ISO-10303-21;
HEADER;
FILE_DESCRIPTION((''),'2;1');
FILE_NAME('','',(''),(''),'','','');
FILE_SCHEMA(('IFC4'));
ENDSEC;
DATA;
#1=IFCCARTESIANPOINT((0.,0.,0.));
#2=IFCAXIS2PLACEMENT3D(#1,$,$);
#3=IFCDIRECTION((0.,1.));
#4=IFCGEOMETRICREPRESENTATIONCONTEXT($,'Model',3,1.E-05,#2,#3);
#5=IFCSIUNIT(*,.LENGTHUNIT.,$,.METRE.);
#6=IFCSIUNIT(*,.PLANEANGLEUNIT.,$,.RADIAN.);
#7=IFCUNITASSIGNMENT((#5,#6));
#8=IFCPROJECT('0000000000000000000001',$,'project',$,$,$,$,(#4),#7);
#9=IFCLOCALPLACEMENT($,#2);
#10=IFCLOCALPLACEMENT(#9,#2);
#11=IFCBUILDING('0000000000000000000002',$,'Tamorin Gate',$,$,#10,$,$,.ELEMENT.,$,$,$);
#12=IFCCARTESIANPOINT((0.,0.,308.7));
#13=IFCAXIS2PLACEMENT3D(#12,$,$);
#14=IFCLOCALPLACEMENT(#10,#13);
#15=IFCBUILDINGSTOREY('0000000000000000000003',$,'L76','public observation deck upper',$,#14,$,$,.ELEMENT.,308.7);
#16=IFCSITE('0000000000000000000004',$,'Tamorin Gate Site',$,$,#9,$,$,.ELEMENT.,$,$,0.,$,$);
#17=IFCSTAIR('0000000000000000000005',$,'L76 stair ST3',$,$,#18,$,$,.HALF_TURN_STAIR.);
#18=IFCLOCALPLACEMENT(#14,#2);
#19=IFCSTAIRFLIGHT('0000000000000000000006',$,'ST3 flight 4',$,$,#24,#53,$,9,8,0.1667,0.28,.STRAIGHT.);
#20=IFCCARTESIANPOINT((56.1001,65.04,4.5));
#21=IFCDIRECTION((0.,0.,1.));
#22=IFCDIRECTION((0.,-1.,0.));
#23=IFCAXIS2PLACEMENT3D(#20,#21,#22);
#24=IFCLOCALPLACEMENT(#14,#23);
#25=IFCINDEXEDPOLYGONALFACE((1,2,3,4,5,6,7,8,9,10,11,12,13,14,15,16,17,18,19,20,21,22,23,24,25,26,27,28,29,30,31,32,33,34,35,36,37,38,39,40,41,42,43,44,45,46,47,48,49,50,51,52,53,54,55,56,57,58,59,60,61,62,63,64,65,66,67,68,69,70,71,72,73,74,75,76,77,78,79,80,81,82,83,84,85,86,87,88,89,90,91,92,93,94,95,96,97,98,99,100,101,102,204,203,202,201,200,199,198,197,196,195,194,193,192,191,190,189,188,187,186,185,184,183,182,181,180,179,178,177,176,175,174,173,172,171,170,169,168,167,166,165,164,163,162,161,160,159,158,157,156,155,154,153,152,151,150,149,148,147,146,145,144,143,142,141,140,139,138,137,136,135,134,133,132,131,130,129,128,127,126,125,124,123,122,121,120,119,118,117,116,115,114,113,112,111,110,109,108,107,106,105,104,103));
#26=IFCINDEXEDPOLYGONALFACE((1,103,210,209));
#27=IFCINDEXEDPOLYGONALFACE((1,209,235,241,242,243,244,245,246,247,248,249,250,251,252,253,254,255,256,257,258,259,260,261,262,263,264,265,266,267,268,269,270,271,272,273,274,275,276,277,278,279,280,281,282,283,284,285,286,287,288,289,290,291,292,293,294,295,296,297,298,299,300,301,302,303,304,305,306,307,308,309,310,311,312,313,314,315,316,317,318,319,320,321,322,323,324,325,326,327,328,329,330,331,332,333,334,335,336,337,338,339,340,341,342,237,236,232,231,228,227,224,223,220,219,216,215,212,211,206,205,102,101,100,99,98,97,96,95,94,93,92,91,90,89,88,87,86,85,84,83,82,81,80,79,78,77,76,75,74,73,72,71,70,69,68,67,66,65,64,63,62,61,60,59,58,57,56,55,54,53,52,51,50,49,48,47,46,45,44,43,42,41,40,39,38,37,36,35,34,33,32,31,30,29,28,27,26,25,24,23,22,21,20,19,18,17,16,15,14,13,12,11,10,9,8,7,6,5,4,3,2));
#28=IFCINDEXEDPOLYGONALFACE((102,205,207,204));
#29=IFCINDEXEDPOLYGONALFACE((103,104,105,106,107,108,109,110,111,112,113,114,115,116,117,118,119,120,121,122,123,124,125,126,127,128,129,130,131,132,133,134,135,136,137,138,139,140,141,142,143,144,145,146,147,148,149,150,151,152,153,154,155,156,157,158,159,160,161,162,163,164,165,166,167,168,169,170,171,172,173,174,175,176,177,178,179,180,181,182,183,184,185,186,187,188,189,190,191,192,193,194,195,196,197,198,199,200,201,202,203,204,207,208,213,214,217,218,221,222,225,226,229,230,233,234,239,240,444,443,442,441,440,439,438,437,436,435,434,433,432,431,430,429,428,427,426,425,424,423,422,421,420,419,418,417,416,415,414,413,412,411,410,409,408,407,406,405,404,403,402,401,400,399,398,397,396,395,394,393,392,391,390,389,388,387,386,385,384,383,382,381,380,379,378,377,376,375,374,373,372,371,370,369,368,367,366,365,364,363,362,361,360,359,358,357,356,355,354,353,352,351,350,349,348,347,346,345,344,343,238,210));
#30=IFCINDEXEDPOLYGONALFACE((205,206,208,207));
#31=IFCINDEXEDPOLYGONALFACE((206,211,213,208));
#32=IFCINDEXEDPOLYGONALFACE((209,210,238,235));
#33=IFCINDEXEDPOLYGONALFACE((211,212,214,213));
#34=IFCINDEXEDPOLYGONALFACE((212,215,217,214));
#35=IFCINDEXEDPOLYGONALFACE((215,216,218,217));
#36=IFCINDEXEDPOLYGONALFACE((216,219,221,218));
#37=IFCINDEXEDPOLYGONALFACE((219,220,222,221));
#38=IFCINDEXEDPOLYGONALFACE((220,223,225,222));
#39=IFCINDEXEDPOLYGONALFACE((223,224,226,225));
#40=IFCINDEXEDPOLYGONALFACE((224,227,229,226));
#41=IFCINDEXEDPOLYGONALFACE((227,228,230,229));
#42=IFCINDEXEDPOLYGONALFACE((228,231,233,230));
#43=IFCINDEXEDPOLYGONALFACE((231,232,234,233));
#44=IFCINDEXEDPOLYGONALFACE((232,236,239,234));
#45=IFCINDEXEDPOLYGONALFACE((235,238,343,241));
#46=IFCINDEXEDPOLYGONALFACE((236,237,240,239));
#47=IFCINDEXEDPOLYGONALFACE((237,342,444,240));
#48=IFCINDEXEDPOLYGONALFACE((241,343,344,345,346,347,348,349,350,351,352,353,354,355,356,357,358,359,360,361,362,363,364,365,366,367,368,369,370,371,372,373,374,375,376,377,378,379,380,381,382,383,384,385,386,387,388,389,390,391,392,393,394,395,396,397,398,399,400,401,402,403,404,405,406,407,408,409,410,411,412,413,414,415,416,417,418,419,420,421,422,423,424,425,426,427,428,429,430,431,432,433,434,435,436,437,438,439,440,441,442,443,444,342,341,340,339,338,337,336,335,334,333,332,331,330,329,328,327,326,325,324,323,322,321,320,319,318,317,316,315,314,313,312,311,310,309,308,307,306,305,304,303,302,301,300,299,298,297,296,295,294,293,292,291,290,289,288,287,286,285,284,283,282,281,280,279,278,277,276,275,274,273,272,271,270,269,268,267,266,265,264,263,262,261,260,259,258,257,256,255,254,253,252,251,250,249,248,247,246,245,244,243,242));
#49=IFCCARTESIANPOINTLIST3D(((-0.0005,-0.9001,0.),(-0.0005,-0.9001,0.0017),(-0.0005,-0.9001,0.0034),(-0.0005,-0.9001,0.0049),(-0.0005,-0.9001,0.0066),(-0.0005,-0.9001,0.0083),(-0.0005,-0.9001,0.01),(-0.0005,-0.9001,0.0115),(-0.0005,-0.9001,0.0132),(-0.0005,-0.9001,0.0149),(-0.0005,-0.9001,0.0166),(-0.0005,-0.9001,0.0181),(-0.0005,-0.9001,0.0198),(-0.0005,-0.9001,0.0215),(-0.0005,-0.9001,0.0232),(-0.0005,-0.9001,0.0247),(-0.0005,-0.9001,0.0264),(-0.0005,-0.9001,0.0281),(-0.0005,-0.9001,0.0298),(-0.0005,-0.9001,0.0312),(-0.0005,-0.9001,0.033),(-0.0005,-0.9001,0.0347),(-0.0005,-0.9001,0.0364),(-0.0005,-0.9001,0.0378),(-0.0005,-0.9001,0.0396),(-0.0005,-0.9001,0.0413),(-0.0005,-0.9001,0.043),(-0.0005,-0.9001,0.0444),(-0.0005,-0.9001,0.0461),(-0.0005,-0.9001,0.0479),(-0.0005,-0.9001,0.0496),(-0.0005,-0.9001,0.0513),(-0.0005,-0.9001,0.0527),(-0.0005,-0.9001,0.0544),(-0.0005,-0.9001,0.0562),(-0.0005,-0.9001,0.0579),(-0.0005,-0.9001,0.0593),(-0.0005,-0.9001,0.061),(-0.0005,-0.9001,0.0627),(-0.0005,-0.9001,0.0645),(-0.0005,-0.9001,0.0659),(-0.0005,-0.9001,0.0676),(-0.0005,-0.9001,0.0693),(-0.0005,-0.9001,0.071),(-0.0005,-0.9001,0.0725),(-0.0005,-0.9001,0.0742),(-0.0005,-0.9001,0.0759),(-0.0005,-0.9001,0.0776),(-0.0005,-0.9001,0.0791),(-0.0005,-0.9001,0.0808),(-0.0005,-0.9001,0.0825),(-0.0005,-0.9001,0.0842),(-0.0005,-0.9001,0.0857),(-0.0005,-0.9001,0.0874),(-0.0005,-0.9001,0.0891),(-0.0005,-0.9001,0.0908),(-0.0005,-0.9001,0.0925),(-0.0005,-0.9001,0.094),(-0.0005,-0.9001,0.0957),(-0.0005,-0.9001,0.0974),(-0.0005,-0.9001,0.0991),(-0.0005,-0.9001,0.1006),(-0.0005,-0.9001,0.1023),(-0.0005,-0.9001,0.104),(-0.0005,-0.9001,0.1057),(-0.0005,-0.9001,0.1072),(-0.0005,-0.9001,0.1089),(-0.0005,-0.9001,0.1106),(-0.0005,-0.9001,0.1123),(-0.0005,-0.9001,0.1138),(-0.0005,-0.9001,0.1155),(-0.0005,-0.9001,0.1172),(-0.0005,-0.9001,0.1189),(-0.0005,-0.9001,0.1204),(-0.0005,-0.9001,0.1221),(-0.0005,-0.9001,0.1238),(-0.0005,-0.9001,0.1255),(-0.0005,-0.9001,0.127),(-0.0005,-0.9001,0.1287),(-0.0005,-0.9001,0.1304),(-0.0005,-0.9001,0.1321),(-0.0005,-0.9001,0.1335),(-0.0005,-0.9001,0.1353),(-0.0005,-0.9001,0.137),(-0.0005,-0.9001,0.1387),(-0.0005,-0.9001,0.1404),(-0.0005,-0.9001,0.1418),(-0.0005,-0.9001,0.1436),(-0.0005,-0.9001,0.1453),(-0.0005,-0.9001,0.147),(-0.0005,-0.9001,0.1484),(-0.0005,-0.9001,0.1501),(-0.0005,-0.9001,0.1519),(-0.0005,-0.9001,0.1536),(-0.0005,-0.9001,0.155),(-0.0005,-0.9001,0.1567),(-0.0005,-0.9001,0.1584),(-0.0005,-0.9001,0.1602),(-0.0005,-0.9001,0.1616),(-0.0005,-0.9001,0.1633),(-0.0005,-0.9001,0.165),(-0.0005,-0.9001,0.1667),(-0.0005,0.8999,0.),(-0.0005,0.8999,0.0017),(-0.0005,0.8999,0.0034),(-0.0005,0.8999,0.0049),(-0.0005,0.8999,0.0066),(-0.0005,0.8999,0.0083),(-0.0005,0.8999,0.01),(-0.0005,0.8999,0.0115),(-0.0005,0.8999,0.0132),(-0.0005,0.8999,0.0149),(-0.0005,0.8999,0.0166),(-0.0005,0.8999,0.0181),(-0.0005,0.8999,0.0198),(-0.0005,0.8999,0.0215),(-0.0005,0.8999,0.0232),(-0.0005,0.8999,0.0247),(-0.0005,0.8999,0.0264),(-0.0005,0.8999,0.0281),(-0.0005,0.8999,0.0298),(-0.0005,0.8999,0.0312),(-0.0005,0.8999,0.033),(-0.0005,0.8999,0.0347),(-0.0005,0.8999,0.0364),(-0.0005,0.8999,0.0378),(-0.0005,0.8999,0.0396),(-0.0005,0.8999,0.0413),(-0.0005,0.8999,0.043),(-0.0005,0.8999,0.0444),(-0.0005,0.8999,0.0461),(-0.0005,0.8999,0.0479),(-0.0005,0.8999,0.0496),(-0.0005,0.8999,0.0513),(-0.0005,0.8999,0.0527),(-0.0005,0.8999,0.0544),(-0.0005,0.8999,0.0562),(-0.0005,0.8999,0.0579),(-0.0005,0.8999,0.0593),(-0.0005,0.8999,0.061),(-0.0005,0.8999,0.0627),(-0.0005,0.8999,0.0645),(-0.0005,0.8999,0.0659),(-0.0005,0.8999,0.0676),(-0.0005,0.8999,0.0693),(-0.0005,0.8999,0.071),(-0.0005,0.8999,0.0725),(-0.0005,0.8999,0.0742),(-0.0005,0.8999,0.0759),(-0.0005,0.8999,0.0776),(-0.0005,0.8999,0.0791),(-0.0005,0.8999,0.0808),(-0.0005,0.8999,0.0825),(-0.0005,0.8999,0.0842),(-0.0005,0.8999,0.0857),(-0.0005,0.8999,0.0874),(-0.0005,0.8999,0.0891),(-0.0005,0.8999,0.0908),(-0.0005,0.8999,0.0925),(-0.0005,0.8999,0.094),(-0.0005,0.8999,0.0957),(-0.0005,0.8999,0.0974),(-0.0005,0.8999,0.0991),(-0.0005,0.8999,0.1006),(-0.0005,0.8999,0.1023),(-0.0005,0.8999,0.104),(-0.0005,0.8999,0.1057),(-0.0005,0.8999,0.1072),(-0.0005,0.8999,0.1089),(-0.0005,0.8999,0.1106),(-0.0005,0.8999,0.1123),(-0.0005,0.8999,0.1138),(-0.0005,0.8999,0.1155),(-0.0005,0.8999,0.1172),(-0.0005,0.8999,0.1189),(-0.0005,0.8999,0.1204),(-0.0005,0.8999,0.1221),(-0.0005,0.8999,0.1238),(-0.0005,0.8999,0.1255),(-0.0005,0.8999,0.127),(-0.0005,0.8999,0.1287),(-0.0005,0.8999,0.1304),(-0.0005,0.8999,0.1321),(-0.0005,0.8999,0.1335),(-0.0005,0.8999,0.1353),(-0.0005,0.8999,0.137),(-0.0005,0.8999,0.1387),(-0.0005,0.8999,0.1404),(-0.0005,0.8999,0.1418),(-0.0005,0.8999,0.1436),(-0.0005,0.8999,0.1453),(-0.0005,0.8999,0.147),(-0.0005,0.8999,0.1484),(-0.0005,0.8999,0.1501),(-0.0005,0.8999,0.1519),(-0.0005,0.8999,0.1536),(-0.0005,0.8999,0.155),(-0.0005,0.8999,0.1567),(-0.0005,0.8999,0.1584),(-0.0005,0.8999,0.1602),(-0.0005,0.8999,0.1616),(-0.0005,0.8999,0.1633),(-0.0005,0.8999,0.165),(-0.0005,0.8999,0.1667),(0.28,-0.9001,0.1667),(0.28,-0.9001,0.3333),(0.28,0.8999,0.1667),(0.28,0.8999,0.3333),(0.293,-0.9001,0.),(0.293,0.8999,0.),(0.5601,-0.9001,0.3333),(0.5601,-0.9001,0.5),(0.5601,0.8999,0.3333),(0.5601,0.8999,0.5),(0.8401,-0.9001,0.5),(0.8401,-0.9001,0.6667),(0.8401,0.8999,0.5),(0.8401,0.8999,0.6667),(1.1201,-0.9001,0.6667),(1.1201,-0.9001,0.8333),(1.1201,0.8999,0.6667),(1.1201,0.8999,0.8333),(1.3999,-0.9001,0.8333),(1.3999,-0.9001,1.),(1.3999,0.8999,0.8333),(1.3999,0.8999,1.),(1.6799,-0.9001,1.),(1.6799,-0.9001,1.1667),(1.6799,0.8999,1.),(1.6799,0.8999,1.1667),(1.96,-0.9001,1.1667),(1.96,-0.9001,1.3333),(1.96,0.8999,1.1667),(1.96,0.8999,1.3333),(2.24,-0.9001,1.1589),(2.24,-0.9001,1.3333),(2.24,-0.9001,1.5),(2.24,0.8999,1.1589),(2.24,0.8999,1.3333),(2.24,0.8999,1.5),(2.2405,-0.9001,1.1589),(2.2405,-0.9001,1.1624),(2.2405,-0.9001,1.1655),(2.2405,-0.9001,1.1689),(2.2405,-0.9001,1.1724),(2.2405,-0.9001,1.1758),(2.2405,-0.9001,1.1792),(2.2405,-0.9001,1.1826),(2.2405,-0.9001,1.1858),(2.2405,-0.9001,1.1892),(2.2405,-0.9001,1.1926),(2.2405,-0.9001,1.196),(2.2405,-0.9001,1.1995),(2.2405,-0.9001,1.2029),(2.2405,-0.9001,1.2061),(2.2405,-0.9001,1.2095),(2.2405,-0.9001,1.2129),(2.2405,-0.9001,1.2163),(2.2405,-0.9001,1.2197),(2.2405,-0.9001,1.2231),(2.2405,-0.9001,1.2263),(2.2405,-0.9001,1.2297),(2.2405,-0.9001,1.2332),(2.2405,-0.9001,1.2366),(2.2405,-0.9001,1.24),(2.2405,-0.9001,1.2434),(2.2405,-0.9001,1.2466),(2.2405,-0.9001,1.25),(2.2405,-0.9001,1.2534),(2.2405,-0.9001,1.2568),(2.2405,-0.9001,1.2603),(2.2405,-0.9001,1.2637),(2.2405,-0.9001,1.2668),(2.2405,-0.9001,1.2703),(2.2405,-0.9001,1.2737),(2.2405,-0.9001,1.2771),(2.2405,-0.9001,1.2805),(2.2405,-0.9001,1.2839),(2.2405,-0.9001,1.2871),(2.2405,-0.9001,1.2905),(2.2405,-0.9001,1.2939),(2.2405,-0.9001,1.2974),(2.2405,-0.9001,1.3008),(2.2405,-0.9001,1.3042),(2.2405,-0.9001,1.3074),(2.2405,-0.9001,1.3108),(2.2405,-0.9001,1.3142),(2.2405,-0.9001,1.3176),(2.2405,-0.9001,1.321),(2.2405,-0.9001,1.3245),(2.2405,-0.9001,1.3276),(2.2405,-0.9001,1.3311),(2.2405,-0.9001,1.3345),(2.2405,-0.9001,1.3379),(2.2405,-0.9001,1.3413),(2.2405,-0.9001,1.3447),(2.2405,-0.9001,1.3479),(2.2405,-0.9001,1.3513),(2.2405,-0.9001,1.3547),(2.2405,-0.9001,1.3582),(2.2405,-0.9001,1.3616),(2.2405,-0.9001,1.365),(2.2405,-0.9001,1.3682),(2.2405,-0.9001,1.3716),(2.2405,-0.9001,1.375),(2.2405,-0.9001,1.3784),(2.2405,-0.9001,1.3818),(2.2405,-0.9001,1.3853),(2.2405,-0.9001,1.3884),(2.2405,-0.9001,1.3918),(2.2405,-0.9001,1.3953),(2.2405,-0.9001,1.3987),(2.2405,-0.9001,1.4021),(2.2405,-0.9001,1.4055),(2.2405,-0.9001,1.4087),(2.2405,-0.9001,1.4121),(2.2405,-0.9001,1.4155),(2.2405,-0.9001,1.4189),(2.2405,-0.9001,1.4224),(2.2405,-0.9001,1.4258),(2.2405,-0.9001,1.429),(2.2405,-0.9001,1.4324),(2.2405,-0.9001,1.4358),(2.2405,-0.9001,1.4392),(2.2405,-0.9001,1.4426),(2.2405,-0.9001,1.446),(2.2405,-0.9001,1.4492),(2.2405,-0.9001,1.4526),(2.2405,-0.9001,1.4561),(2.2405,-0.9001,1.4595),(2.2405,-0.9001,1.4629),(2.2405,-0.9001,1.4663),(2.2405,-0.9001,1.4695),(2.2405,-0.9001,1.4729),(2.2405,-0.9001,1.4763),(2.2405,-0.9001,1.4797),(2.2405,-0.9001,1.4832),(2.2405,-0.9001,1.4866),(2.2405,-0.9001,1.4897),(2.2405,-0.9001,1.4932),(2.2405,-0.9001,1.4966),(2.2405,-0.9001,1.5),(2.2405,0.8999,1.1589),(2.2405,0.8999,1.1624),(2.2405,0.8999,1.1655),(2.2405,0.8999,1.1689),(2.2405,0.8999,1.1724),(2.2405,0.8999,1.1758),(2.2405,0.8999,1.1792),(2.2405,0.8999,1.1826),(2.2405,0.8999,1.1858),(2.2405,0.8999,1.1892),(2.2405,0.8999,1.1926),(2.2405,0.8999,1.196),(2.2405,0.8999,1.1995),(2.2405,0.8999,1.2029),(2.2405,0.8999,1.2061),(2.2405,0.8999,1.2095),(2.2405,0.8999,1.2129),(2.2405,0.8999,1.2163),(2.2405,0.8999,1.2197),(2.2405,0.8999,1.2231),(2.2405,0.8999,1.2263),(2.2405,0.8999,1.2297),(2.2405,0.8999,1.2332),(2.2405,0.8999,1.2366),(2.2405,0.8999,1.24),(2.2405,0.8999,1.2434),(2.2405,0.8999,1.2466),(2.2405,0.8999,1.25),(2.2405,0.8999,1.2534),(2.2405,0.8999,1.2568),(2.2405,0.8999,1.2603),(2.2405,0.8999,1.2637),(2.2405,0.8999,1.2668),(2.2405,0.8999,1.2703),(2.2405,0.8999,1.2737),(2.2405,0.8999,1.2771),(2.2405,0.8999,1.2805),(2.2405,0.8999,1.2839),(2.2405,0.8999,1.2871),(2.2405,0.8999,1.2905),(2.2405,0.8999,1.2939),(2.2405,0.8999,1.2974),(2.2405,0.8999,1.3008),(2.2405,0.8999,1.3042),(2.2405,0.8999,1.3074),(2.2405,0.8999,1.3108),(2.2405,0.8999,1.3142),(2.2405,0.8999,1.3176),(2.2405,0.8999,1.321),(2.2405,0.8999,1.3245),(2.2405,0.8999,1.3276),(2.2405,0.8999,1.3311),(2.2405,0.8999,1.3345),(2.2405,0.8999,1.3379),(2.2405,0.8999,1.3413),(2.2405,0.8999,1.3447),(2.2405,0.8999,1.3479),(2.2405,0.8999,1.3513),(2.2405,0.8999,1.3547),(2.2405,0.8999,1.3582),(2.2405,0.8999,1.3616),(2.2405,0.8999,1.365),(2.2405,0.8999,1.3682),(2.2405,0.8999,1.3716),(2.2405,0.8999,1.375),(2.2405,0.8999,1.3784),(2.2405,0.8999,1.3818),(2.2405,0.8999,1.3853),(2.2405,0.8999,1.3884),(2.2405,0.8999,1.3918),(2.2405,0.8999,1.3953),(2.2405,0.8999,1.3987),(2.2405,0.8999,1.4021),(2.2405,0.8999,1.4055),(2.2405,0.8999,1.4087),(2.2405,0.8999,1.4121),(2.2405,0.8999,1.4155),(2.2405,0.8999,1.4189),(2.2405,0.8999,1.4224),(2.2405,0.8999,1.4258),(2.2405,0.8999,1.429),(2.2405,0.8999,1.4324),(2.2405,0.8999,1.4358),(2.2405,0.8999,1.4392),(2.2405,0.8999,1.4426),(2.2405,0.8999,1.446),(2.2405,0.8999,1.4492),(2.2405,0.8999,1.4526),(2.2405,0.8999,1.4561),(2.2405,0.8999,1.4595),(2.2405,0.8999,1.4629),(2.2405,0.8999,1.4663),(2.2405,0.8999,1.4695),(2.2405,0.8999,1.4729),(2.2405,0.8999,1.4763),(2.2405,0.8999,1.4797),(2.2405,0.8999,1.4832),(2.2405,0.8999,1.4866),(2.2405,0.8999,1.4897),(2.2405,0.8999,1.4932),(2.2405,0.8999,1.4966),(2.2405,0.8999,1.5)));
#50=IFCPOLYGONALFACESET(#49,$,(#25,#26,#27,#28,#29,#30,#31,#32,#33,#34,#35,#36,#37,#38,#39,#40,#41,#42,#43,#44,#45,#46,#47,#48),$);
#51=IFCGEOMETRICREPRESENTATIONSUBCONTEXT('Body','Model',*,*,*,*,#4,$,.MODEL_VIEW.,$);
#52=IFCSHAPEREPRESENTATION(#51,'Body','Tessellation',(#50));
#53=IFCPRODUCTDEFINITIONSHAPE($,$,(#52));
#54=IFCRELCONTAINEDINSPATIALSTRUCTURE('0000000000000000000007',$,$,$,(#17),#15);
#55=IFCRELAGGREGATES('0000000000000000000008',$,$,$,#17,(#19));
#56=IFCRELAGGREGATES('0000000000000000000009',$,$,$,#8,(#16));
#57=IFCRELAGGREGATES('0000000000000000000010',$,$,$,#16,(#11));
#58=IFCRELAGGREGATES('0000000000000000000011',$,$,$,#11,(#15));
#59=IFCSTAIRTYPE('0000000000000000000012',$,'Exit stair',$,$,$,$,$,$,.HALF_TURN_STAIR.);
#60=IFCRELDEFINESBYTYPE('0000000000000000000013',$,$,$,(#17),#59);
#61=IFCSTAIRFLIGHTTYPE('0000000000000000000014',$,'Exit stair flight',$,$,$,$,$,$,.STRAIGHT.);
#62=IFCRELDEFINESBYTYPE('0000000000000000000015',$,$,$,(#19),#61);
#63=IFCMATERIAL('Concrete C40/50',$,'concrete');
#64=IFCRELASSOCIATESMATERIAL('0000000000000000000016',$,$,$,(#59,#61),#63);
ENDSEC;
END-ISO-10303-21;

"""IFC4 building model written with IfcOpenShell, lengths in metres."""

from ifc_helpers import new_model, si_unit, direction, frame, origin, place, context, subcontext, project, spatial, polyline, outline, extrude, material, type_object, element, aggregate, save


model = new_model("IFC4")

# Units and contexts
model_context = context("Model", 3, precision=1e-05, world=origin(), true_north=direction((0.0, 1.0)))
body_context = subcontext(model_context, "Body", "Model", "MODEL_VIEW")
ifc_project = project(units=[si_unit("LENGTHUNIT", "METRE"), si_unit("PLANEANGLEUNIT", "RADIAN")], contexts=[model_context])

# Site, building, storey
site_placement = place(None, origin())
site = spatial("IfcSite", under=ifc_project, at=site_placement, Name="Tamorin Gate Site", CompositionType="ELEMENT", RefElevation=0.0)
building_placement = place(site_placement, origin())
building = spatial("IfcBuilding", under=site, at=building_placement, Name="Tamorin Gate", CompositionType="ELEMENT")
storey_placement = place(building_placement, frame((0.0, 0.0, 308.7)))
storey = spatial("IfcBuildingStorey", under=building, at=storey_placement, Name="L76", Description="public observation deck upper", CompositionType="ELEMENT", Elevation=308.7)

# Shared definitions
ifc_material_1 = material(Name="Concrete C40/50", Category="concrete")

# Stair, stair flight
stair_type = type_object("IfcStairType", Name="Exit stair", PredefinedType="HALF_TURN_STAIR", material=ifc_material_1)
stair_placement = place(storey_placement, origin())
stair = element("IfcStair", 1, at=stair_placement, inside=storey, type_object=stair_type, Name="L76 stair ST3", PredefinedType="HALF_TURN_STAIR")
stair_flight_type = type_object("IfcStairFlightType", Name="Exit stair flight", PredefinedType="STRAIGHT", material=ifc_material_1)
stair_flight_1_placement = place(storey_placement, frame((56.1001, 65.04, 4.5), z_axis=(0.0, 0.0, 1.0), x_axis=(0.0, -1.0, 0.0)))
stair_flight_1 = element("IfcStairFlight", 2, at=stair_flight_1_placement, type_object=stair_flight_type, Name="ST3 flight 4", NumberOfRisers=9, NumberOfTreads=8, PredefinedType="STRAIGHT", RiserHeight=0.1667, TreadLength=0.28, context=body_context, shape_type="SweptSolid", body=[
    extrude(outline(polyline([(-0.0005, 0.0), (-0.0005, 0.0017), (-0.0005, 0.0034), (-0.0005, 0.0049), (-0.0005, 0.0066), (-0.0005, 0.0083), (-0.0005, 0.01), (-0.0005, 0.0115), (-0.0005, 0.0132), (-0.0005, 0.0149), (-0.0005, 0.0166), (-0.0005, 0.0181), (-0.0005, 0.0198), (-0.0005, 0.0215), (-0.0005, 0.0232), (-0.0005, 0.0247), (-0.0005, 0.0264), (-0.0005, 0.0281), (-0.0005, 0.0298), (-0.0005, 0.0312), (-0.0005, 0.033), (-0.0005, 0.0347), (-0.0005, 0.0364), (-0.0005, 0.0378), (-0.0005, 0.0396), (-0.0005, 0.0413), (-0.0005, 0.043), (-0.0005, 0.0444), (-0.0005, 0.0461), (-0.0005, 0.0479), (-0.0005, 0.0496), (-0.0005, 0.0513), (-0.0005, 0.0527), (-0.0005, 0.0544), (-0.0005, 0.0562), (-0.0005, 0.0579), (-0.0005, 0.0593), (-0.0005, 0.061), (-0.0005, 0.0627), (-0.0005, 0.0645), (-0.0005, 0.0659), (-0.0005, 0.0676), (-0.0005, 0.0693), (-0.0005, 0.071), (-0.0005, 0.0725), (-0.0005, 0.0742), (-0.0005, 0.0759), (-0.0005, 0.0776), (-0.0005, 0.0791), (-0.0005, 0.0808), (-0.0005, 0.0825), (-0.0005, 0.0842), (-0.0005, 0.0857), (-0.0005, 0.0874), (-0.0005, 0.0891), (-0.0005, 0.0908), (-0.0005, 0.0925), (-0.0005, 0.094), (-0.0005, 0.0957), (-0.0005, 0.0974), (-0.0005, 0.0991), (-0.0005, 0.1006), (-0.0005, 0.1023), (-0.0005, 0.104), (-0.0005, 0.1057), (-0.0005, 0.1072), (-0.0005, 0.1089), (-0.0005, 0.1106), (-0.0005, 0.1123), (-0.0005, 0.1138), (-0.0005, 0.1155), (-0.0005, 0.1172), (-0.0005, 0.1189), (-0.0005, 0.1204), (-0.0005, 0.1221), (-0.0005, 0.1238), (-0.0005, 0.1255), (-0.0005, 0.127), (-0.0005, 0.1287), (-0.0005, 0.1304), (-0.0005, 0.1321), (-0.0005, 0.1335), (-0.0005, 0.1353), (-0.0005, 0.137), (-0.0005, 0.1387), (-0.0005, 0.1404), (-0.0005, 0.1418), (-0.0005, 0.1436), (-0.0005, 0.1453), (-0.0005, 0.147), (-0.0005, 0.1484), (-0.0005, 0.1501), (-0.0005, 0.1519), (-0.0005, 0.1536), (-0.0005, 0.155), (-0.0005, 0.1567), (-0.0005, 0.1584), (-0.0005, 0.1602), (-0.0005, 0.1616), (-0.0005, 0.1633), (-0.0005, 0.165), (-0.0005, 0.1667), (0.28, 0.1667), (0.28, 0.3333), (0.5601, 0.3333), (0.5601, 0.5), (0.8401, 0.5), (0.8401, 0.6667), (1.1201, 0.6667), (1.1201, 0.8333), (1.3999, 0.8333), (1.3999, 1.0), (1.6799, 1.0), (1.6799, 1.1667), (1.96, 1.1667), (1.96, 1.3333), (2.24, 1.3333), (2.24, 1.5), (2.2405, 1.5), (2.2405, 1.4966), (2.2405, 1.4932), (2.2405, 1.4897), (2.2405, 1.4866), (2.2405, 1.4832), (2.2405, 1.4797), (2.2405, 1.4763), (2.2405, 1.4729), (2.2405, 1.4695), (2.2405, 1.4663), (2.2405, 1.4629), (2.2405, 1.4595), (2.2405, 1.4561), (2.2405, 1.4526), (2.2405, 1.4492), (2.2405, 1.446), (2.2405, 1.4426), (2.2405, 1.4392), (2.2405, 1.4358), (2.2405, 1.4324), (2.2405, 1.429), (2.2405, 1.4258), (2.2405, 1.4224), (2.2405, 1.4189), (2.2405, 1.4155), (2.2405, 1.4121), (2.2405, 1.4087), (2.2405, 1.4055), (2.2405, 1.4021), (2.2405, 1.3987), (2.2405, 1.3953), (2.2405, 1.3918), (2.2405, 1.3884), (2.2405, 1.3853), (2.2405, 1.3818), (2.2405, 1.3784), (2.2405, 1.375), (2.2405, 1.3716), (2.2405, 1.3682), (2.2405, 1.365), (2.2405, 1.3616), (2.2405, 1.3582), (2.2405, 1.3547), (2.2405, 1.3513), (2.2405, 1.3479), (2.2405, 1.3447), (2.2405, 1.3413), (2.2405, 1.3379), (2.2405, 1.3345), (2.2405, 1.3311), (2.2405, 1.3276), (2.2405, 1.3245), (2.2405, 1.321), (2.2405, 1.3176), (2.2405, 1.3142), (2.2405, 1.3108), (2.2405, 1.3074), (2.2405, 1.3042), (2.2405, 1.3008), (2.2405, 1.2974), (2.2405, 1.2939), (2.2405, 1.2905), (2.2405, 1.2871), (2.2405, 1.2839), (2.2405, 1.2805), (2.2405, 1.2771), (2.2405, 1.2737), (2.2405, 1.2703), (2.2405, 1.2668), (2.2405, 1.2637), (2.2405, 1.2603), (2.2405, 1.2568), (2.2405, 1.2534), (2.2405, 1.25), (2.2405, 1.2466), (2.2405, 1.2434), (2.2405, 1.24), (2.2405, 1.2366), (2.2405, 1.2332), (2.2405, 1.2297), (2.2405, 1.2263), (2.2405, 1.2231), (2.2405, 1.2197), (2.2405, 1.2163), (2.2405, 1.2129), (2.2405, 1.2095), (2.2405, 1.2061), (2.2405, 1.2029), (2.2405, 1.1995), (2.2405, 1.196), (2.2405, 1.1926), (2.2405, 1.1892), (2.2405, 1.1858), (2.2405, 1.1826), (2.2405, 1.1792), (2.2405, 1.1758), (2.2405, 1.1724), (2.2405, 1.1689), (2.2405, 1.1655), (2.2405, 1.1624), (2.2405, 1.1589), (2.24, 1.1589), (0.293, 0.0), (-0.0005, 0.0)])), frame((0.0, 0.8999, 0.0), z_axis=(0.0, -1.0, 0.0), x_axis=(1.0, 0.0, 0.0)), (0.0, 0.0, 1.0), 1.8),
])
aggregate(stair, [stair_flight_1])

save(model, "model.ifc")
